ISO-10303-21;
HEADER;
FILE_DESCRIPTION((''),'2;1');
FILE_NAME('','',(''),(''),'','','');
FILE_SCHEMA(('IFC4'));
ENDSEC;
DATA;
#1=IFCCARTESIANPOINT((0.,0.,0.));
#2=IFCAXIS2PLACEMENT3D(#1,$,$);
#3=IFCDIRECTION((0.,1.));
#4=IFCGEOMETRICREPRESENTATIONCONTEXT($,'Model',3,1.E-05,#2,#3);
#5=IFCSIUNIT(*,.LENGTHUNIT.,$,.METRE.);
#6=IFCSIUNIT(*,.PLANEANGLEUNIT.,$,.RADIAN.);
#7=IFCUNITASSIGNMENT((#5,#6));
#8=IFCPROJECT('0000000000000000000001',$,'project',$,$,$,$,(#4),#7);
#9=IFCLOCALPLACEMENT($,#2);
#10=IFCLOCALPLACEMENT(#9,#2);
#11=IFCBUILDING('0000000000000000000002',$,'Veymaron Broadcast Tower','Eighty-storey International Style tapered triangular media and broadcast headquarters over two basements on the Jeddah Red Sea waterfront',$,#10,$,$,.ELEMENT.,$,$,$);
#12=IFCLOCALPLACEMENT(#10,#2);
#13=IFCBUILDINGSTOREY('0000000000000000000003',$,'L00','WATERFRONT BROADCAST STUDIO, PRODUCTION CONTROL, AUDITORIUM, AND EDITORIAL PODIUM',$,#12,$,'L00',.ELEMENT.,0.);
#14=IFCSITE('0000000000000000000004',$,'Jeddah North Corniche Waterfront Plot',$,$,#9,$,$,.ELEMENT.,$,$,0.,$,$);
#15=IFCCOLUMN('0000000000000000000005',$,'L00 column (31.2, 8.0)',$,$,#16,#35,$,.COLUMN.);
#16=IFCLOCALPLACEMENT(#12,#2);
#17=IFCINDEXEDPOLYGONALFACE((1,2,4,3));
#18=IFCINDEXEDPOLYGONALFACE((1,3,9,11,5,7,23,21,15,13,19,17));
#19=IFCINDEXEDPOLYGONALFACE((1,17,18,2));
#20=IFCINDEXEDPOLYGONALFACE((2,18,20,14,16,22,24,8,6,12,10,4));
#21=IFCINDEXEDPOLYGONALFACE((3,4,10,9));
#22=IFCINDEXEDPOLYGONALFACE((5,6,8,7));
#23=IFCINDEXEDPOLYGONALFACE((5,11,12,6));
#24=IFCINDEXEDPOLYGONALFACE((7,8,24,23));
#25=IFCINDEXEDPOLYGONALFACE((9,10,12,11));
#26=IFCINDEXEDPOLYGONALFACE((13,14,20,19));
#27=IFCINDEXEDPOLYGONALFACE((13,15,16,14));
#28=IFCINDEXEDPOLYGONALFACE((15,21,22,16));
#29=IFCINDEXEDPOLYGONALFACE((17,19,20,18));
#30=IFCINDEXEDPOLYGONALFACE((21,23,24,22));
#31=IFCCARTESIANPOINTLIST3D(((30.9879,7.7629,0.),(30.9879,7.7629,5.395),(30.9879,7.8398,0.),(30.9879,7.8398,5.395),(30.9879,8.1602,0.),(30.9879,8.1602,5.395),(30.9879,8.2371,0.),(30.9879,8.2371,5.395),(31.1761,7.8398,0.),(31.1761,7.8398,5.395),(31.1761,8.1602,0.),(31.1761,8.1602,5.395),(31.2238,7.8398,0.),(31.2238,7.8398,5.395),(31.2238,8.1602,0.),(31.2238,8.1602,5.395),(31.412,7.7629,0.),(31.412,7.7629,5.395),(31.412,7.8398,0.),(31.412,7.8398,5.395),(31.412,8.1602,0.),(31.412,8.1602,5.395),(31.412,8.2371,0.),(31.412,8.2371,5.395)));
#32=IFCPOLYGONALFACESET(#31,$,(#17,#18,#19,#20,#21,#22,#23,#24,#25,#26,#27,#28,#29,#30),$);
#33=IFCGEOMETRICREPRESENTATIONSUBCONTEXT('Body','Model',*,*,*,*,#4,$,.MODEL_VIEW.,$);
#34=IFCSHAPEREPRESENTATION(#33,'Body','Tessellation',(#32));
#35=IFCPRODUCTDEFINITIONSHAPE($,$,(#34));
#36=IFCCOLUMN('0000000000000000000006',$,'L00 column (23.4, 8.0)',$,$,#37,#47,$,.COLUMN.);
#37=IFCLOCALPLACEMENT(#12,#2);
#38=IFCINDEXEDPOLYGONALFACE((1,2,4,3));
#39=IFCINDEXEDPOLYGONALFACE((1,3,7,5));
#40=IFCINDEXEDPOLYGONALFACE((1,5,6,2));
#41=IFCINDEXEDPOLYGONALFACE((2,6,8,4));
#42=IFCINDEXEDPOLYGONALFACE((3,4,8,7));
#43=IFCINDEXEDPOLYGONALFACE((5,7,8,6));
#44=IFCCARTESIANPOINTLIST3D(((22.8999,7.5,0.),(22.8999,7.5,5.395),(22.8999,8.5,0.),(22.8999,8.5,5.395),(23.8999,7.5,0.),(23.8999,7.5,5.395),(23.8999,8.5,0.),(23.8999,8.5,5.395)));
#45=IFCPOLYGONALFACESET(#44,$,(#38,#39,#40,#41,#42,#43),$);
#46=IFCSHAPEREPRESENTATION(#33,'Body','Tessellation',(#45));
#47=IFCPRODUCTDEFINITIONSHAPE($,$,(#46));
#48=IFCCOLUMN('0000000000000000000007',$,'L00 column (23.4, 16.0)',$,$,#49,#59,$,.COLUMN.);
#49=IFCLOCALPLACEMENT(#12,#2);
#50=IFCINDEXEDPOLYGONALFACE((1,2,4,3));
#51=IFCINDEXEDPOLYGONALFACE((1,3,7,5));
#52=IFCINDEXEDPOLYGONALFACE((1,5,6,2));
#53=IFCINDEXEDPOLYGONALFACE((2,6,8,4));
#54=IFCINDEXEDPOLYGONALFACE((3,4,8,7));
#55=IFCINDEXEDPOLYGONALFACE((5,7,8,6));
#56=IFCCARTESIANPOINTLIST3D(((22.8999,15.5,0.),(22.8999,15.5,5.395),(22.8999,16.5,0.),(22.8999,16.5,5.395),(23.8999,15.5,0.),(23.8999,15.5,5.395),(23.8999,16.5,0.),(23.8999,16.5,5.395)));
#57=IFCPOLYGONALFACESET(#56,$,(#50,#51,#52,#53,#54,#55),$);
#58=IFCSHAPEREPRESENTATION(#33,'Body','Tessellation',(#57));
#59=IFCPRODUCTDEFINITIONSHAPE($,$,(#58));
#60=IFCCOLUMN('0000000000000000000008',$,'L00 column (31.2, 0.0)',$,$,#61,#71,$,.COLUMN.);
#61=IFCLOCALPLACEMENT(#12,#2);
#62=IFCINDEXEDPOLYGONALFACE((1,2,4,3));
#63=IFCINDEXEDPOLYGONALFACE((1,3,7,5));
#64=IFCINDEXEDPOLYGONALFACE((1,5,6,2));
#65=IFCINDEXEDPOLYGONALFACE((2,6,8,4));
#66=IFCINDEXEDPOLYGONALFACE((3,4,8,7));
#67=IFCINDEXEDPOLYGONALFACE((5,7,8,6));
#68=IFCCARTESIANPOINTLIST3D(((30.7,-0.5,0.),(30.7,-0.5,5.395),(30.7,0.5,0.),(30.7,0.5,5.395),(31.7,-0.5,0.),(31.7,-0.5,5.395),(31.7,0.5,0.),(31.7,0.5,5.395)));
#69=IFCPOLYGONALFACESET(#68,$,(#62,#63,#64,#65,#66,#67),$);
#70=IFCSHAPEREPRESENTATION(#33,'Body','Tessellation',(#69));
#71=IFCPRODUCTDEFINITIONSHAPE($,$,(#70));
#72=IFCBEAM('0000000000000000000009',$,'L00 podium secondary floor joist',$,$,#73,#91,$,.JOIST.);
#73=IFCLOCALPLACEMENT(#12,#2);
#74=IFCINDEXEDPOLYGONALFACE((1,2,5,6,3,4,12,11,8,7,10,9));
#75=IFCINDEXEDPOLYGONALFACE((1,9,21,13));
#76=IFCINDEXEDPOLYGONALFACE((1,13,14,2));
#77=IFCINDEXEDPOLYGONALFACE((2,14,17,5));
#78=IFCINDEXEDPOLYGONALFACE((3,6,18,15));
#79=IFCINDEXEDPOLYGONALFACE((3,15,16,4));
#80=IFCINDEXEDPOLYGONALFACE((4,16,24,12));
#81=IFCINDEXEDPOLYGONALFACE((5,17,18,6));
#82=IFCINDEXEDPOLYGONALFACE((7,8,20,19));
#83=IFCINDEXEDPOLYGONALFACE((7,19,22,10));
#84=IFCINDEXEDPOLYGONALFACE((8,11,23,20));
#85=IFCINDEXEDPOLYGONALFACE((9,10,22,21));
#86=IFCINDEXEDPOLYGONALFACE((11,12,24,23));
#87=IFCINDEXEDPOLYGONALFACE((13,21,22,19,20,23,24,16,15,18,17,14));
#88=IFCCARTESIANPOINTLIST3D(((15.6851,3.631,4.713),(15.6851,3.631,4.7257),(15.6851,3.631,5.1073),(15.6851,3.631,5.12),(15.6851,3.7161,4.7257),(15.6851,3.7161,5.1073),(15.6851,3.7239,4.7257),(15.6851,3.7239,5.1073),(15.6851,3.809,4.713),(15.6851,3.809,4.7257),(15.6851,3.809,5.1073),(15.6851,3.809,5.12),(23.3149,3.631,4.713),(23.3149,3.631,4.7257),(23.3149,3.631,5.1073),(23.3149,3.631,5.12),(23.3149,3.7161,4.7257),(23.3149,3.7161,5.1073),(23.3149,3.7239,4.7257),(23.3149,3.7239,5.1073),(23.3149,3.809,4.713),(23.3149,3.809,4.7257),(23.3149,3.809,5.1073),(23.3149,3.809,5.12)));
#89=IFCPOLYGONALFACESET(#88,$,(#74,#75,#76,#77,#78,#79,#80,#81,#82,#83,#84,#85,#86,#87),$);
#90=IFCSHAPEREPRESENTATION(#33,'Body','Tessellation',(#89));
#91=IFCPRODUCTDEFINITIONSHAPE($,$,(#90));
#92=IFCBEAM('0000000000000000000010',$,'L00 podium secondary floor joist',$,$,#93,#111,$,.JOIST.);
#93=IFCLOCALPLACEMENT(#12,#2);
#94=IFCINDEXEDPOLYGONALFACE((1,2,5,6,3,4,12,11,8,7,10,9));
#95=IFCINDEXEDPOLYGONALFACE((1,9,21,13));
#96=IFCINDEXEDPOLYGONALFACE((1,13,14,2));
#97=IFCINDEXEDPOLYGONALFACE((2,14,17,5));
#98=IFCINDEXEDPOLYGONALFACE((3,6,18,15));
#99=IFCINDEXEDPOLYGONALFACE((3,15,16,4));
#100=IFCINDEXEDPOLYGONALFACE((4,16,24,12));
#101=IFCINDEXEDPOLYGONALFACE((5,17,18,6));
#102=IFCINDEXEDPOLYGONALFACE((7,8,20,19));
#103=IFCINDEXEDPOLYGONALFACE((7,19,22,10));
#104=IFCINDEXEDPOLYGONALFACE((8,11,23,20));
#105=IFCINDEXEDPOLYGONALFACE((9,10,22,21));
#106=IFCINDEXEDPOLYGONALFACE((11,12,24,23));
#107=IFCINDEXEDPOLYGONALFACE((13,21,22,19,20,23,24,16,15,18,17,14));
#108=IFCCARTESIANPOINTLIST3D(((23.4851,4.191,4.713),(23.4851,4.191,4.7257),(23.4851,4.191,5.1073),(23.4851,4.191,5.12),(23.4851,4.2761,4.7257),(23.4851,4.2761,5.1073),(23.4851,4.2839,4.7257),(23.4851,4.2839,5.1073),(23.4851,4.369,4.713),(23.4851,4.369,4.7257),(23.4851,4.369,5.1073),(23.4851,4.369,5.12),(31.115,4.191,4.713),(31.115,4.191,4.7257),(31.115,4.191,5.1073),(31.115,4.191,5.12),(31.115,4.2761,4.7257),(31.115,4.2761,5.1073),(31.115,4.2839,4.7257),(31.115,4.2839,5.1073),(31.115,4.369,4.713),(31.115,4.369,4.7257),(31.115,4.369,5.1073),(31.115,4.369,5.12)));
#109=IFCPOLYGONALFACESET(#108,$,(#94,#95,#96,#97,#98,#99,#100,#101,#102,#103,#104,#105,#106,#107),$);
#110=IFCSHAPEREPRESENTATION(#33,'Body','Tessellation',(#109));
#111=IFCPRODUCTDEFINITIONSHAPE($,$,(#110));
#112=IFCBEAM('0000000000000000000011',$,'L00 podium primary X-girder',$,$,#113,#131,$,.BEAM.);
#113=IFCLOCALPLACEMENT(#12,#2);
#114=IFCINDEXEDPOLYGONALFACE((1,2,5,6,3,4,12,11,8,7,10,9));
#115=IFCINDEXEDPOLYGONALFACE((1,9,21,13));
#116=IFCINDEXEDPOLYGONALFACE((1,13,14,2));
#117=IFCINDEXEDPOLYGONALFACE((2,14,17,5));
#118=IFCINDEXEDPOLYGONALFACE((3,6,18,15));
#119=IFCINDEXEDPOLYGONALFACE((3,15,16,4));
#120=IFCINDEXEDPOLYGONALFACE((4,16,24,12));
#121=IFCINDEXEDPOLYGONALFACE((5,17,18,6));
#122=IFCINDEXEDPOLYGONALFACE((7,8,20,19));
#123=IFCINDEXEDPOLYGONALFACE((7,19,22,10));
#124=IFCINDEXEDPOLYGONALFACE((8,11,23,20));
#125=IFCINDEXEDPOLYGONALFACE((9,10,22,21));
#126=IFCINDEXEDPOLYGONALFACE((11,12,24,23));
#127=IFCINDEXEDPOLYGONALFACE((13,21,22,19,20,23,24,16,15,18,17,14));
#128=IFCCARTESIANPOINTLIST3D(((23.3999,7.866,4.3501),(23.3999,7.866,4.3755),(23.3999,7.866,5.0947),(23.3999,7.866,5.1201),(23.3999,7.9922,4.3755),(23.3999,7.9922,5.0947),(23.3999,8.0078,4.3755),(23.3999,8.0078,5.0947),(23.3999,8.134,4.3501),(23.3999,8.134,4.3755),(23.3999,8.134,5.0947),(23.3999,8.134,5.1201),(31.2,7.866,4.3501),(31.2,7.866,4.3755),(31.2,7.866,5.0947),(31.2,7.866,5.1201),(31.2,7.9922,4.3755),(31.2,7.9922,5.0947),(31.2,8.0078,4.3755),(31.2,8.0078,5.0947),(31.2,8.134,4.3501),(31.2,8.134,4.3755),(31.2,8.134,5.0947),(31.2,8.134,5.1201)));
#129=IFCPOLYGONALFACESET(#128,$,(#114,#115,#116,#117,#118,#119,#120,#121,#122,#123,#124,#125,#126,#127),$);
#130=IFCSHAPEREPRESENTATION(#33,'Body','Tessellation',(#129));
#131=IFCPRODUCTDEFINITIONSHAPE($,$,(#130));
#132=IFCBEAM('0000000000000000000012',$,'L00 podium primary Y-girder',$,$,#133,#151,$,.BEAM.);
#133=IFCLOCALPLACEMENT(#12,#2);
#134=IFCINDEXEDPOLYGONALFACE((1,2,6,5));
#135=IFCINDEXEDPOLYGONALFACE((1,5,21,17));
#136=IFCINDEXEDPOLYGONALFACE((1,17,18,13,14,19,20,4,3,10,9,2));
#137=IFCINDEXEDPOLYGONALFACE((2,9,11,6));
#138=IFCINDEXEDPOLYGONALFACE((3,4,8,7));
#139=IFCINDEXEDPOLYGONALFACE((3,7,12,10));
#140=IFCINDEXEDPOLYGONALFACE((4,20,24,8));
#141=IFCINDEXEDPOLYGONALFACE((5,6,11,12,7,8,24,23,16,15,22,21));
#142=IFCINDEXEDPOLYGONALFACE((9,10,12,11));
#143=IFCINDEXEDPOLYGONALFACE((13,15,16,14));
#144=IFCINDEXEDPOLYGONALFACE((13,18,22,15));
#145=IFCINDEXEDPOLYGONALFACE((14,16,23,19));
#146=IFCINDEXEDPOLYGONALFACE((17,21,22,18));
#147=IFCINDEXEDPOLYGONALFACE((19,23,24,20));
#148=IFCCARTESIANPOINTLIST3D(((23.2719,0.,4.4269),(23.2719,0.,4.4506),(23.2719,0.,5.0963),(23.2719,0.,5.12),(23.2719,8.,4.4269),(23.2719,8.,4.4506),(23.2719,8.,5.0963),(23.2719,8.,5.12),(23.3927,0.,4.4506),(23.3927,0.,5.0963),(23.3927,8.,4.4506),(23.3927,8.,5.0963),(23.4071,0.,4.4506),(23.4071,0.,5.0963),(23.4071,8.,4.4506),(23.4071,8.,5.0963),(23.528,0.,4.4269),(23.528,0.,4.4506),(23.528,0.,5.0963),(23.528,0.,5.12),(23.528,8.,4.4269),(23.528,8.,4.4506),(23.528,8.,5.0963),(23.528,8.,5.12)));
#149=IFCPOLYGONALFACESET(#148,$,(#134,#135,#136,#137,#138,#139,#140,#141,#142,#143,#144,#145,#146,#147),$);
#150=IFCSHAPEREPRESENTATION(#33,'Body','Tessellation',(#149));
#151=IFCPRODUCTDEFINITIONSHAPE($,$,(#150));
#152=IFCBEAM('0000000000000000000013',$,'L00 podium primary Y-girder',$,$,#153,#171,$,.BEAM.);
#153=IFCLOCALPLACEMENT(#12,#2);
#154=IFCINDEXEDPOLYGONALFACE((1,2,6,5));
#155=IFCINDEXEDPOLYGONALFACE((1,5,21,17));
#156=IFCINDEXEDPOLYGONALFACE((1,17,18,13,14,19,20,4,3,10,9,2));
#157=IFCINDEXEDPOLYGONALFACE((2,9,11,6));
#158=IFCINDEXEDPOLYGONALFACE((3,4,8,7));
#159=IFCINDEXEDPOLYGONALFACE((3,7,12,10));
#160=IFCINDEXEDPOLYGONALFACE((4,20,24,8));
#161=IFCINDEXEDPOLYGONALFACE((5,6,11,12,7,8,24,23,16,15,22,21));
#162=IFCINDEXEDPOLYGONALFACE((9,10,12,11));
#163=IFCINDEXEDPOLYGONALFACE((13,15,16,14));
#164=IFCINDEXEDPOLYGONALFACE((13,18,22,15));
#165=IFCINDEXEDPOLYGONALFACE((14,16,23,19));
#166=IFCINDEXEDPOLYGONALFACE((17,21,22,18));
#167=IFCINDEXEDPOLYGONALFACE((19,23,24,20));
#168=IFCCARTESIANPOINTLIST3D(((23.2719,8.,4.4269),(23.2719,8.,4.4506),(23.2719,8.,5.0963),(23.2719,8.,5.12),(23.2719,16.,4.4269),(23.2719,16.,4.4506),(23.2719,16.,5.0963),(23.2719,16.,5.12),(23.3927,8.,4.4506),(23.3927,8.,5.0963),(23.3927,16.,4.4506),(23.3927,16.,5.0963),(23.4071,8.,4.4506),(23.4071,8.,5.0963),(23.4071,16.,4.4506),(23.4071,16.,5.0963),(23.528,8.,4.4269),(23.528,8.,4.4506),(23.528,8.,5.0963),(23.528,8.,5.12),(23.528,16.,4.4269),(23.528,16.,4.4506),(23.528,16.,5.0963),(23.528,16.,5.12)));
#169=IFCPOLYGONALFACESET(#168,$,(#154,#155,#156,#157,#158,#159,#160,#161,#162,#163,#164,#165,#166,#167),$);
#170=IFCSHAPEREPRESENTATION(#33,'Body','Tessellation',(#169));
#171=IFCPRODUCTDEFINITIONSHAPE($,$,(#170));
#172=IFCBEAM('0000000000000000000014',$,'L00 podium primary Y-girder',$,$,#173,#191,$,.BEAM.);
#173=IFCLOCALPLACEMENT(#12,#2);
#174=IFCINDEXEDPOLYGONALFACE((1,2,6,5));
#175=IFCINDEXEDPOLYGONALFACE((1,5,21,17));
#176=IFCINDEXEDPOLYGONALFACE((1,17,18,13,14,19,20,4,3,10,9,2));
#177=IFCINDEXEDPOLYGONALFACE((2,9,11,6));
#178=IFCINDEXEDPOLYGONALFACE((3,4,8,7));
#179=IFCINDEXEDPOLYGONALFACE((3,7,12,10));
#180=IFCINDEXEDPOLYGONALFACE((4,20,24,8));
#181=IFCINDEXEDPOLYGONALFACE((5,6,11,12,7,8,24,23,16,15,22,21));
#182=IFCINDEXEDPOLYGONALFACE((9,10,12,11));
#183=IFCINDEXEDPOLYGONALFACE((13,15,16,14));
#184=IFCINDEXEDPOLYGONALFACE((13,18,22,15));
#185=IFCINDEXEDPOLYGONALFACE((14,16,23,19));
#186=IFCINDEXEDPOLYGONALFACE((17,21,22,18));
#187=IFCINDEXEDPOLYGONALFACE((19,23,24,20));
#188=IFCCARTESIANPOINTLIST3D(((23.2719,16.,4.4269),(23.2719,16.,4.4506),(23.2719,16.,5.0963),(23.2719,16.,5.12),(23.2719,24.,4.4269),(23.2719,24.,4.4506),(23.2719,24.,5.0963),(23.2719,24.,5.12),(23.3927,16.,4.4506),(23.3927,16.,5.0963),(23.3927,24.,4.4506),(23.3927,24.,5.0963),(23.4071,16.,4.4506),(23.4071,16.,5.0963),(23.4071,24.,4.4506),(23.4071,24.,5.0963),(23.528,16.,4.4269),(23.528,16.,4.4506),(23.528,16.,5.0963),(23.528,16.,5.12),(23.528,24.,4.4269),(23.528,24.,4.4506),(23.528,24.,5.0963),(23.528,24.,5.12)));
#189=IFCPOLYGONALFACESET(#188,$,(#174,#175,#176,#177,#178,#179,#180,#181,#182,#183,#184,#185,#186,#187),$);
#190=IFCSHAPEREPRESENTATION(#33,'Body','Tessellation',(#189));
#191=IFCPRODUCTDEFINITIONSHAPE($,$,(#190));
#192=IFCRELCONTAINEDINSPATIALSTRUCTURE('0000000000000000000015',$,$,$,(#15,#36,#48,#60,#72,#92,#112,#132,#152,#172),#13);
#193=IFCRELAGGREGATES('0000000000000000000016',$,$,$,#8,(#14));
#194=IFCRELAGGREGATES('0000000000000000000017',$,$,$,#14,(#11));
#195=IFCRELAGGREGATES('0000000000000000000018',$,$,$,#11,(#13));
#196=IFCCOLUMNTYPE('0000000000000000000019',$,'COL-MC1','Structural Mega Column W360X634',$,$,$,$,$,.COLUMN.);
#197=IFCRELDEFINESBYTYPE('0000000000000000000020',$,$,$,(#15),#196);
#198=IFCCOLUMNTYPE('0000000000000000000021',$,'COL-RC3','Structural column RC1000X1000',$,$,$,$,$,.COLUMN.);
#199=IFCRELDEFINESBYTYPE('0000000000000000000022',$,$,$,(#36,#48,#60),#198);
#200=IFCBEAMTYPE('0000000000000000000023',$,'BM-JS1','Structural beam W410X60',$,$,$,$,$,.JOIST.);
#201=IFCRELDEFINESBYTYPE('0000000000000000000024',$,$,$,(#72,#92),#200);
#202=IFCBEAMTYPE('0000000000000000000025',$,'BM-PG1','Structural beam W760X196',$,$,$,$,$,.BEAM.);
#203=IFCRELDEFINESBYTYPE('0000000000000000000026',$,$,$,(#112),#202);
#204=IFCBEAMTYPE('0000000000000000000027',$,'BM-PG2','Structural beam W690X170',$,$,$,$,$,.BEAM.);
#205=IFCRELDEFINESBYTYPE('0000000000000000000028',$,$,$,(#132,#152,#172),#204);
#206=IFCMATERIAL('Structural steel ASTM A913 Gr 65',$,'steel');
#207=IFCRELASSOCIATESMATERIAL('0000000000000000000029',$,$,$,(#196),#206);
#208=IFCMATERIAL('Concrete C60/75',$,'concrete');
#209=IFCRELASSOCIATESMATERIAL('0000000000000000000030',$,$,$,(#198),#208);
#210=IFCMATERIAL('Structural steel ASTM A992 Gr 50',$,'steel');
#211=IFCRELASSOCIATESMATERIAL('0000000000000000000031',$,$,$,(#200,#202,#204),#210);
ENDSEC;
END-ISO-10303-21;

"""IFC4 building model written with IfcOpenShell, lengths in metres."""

from ifc_helpers import new_model, si_unit, direction, frame, origin, origin_2d, place, context, subcontext, project, spatial, rectangle, i_section, extrude, material, material_profile, profile_set, type_object, element, save


model = new_model("IFC4")

# Units and contexts
model_context = context("Model", 3, precision=1e-05, world=origin(), true_north=direction((0.0, 1.0)))
body_context = subcontext(model_context, "Body", "Model", "MODEL_VIEW")
ifc_project = project(units=[si_unit("LENGTHUNIT", "METRE"), si_unit("PLANEANGLEUNIT", "RADIAN")], contexts=[model_context])

# Site, building, storey
site_placement = place(None, origin())
site = spatial("IfcSite", under=ifc_project, at=site_placement, Name="Jeddah North Corniche Waterfront Plot", CompositionType="ELEMENT", RefElevation=0.0)
building_placement = place(site_placement, origin())
building = spatial("IfcBuilding", under=site, at=building_placement, Name="Veymaron Broadcast Tower", Description="Eighty-storey International Style tapered triangular media and broadcast headquarters over two basements on the Jeddah Red Sea waterfront", CompositionType="ELEMENT")
storey_placement = place(building_placement, origin())
storey = spatial("IfcBuildingStorey", under=building, at=storey_placement, Name="L00", Description="WATERFRONT BROADCAST STUDIO, PRODUCTION CONTROL, AUDITORIUM, AND EDITORIAL PODIUM", LongName="L00", CompositionType="ELEMENT", Elevation=0.0)

# Columns
ifc_material_1 = material(Name="Structural steel ASTM A913 Gr 65", Category="steel")
ifc_material_profile_1 = material_profile(ifc_material_1, i_section(OverallWidth=0.4241, OverallDepth=0.4741, WebThickness=0.0476, FlangeThickness=0.0769, at=origin_2d()), Name="W360X634")
ifc_profile_set_1 = profile_set([ifc_material_profile_1], Name="Structural steel ASTM A913 Gr 65")
column_type_1 = type_object("IfcColumnType", Name="COL-MC1", Description="Structural Mega Column W360X634", PredefinedType="COLUMN", material=ifc_profile_set_1)
column_placement = place(storey_placement, frame((31.2, 8.0, 0.0), z_axis=(0.0, 0.0, 1.0), x_axis=(1.0, 0.0, 0.0)))
element("IfcColumn", 1, at=column_placement, inside=storey, type_object=column_type_1, Name="L00 column (31.2, 8.0)", PredefinedType="COLUMN", context=body_context, shape_type="SweptSolid", body=[
    extrude(i_section(OverallWidth=0.4241, OverallDepth=0.4741, WebThickness=0.0476, FlangeThickness=0.0769, at=origin_2d()), origin(), (0.0, 0.0, 1.0), 5.395),
])
ifc_material_2 = material(Name="Concrete C60/75", Category="concrete")
ifc_material_profile_2 = material_profile(ifc_material_2, rectangle(XDim=1.0, YDim=1.0, at=origin_2d()), Name="RC1000X1000")
ifc_profile_set_2 = profile_set([ifc_material_profile_2], Name="Concrete C60/75")
column_type_2 = type_object("IfcColumnType", Name="COL-RC3", Description="Structural column RC1000X1000", PredefinedType="COLUMN", material=ifc_profile_set_2)
for number, where, z_axis, x_axis, name in (
    (2, (23.3999, 8.0, 0.0), (0.0, 0.0, 1.0), (1.0, 0.0, 0.0), "L00 column (23.4, 8.0)"),
    (3, (23.3999, 16.0, 0.0), (0.0, 0.0, 1.0), (1.0, 0.0, 0.0), "L00 column (23.4, 16.0)"),
    (4, (31.2, 0.0, 0.0), (0.0, 0.0, 1.0), (1.0, 0.0, 0.0), "L00 column (31.2, 0.0)"),
):
    element("IfcColumn", number, at=place(storey_placement, frame(where, z_axis=z_axis, x_axis=x_axis)), inside=storey, type_object=column_type_2, Name=name, PredefinedType="COLUMN", context=body_context, shape_type="SweptSolid", body=[
        extrude(rectangle(XDim=1.0, YDim=1.0, at=origin_2d()), origin(), (0.0, 0.0, 1.0), 5.395),
    ])

# Beams
ifc_material_3 = material(Name="Structural steel ASTM A992 Gr 50", Category="steel")
ifc_material_profile_3 = material_profile(ifc_material_3, i_section(OverallWidth=0.178, OverallDepth=0.407, WebThickness=0.0078, FlangeThickness=0.0127, at=origin_2d()), Name="W410X60")
ifc_profile_set_3 = profile_set([ifc_material_profile_3], Name="Structural steel ASTM A992 Gr 50")
beam_type_1 = type_object("IfcBeamType", Name="BM-JS1", Description="Structural beam W410X60", PredefinedType="JOIST", material=ifc_profile_set_3)
for number, where, z_axis, x_axis, name in (
    (5, (15.6851, 3.72, 4.9165), (1.0, 0.0, 0.0), (0.0, 1.0, 0.0), "L00 podium secondary floor joist"),
    (6, (23.4851, 4.28, 4.9165), (1.0, 0.0, 0.0), (0.0, 1.0, 0.0), "L00 podium secondary floor joist"),
):
    element("IfcBeam", number, at=place(storey_placement, frame(where, z_axis=z_axis, x_axis=x_axis)), inside=storey, type_object=beam_type_1, Name=name, PredefinedType="JOIST", context=body_context, shape_type="SweptSolid", body=[
        extrude(i_section(OverallWidth=0.178, OverallDepth=0.407, WebThickness=0.0078, FlangeThickness=0.0127, at=origin_2d()), origin(), (0.0, 0.0, 1.0), 7.6299),
    ])
ifc_material_profile_4 = material_profile(ifc_material_3, i_section(OverallWidth=0.2681, OverallDepth=0.77, WebThickness=0.0156, FlangeThickness=0.0254, at=origin_2d()), Name="W760X196")
ifc_profile_set_4 = profile_set([ifc_material_profile_4], Name="Structural steel ASTM A992 Gr 50")
beam_type_2 = type_object("IfcBeamType", Name="BM-PG1", Description="Structural beam W760X196", PredefinedType="BEAM", material=ifc_profile_set_4)
beam_1_placement = place(storey_placement, frame((23.3999, 8.0, 4.7351), z_axis=(1.0, 0.0, 0.0), x_axis=(0.0, 1.0, 0.0)))
element("IfcBeam", 7, at=beam_1_placement, inside=storey, type_object=beam_type_2, Name="L00 podium primary X-girder", PredefinedType="BEAM", context=body_context, shape_type="SweptSolid", body=[
    extrude(i_section(OverallWidth=0.2681, OverallDepth=0.77, WebThickness=0.0156, FlangeThickness=0.0254, at=origin_2d()), origin(), (0.0, 0.0, 1.0), 7.8),
])
ifc_material_profile_5 = material_profile(ifc_material_3, i_section(OverallWidth=0.2561, OverallDepth=0.6931, WebThickness=0.0144, FlangeThickness=0.0237, at=origin_2d()), Name="W690X170")
ifc_profile_set_5 = profile_set([ifc_material_profile_5], Name="Structural steel ASTM A992 Gr 50")
beam_type_3 = type_object("IfcBeamType", Name="BM-PG2", Description="Structural beam W690X170", PredefinedType="BEAM", material=ifc_profile_set_5)
for number, where, z_axis, x_axis, name in (
    (8, (23.3999, 0.0, 4.7734), (0.0, 1.0, 0.0), (-1.0, 0.0, 0.0), "L00 podium primary Y-girder"),
    (9, (23.3999, 8.0, 4.7734), (0.0, 1.0, 0.0), (-1.0, 0.0, 0.0), "L00 podium primary Y-girder"),
    (10, (23.3999, 16.0, 4.7734), (0.0, 1.0, 0.0), (-1.0, 0.0, 0.0), "L00 podium primary Y-girder"),
):
    element("IfcBeam", number, at=place(storey_placement, frame(where, z_axis=z_axis, x_axis=x_axis)), inside=storey, type_object=beam_type_3, Name=name, PredefinedType="BEAM", context=body_context, shape_type="SweptSolid", body=[
        extrude(i_section(OverallWidth=0.2561, OverallDepth=0.6931, WebThickness=0.0144, FlangeThickness=0.0237, at=origin_2d()), origin(), (0.0, 0.0, 1.0), 8.0),
    ])

save(model, "model.ifc")
